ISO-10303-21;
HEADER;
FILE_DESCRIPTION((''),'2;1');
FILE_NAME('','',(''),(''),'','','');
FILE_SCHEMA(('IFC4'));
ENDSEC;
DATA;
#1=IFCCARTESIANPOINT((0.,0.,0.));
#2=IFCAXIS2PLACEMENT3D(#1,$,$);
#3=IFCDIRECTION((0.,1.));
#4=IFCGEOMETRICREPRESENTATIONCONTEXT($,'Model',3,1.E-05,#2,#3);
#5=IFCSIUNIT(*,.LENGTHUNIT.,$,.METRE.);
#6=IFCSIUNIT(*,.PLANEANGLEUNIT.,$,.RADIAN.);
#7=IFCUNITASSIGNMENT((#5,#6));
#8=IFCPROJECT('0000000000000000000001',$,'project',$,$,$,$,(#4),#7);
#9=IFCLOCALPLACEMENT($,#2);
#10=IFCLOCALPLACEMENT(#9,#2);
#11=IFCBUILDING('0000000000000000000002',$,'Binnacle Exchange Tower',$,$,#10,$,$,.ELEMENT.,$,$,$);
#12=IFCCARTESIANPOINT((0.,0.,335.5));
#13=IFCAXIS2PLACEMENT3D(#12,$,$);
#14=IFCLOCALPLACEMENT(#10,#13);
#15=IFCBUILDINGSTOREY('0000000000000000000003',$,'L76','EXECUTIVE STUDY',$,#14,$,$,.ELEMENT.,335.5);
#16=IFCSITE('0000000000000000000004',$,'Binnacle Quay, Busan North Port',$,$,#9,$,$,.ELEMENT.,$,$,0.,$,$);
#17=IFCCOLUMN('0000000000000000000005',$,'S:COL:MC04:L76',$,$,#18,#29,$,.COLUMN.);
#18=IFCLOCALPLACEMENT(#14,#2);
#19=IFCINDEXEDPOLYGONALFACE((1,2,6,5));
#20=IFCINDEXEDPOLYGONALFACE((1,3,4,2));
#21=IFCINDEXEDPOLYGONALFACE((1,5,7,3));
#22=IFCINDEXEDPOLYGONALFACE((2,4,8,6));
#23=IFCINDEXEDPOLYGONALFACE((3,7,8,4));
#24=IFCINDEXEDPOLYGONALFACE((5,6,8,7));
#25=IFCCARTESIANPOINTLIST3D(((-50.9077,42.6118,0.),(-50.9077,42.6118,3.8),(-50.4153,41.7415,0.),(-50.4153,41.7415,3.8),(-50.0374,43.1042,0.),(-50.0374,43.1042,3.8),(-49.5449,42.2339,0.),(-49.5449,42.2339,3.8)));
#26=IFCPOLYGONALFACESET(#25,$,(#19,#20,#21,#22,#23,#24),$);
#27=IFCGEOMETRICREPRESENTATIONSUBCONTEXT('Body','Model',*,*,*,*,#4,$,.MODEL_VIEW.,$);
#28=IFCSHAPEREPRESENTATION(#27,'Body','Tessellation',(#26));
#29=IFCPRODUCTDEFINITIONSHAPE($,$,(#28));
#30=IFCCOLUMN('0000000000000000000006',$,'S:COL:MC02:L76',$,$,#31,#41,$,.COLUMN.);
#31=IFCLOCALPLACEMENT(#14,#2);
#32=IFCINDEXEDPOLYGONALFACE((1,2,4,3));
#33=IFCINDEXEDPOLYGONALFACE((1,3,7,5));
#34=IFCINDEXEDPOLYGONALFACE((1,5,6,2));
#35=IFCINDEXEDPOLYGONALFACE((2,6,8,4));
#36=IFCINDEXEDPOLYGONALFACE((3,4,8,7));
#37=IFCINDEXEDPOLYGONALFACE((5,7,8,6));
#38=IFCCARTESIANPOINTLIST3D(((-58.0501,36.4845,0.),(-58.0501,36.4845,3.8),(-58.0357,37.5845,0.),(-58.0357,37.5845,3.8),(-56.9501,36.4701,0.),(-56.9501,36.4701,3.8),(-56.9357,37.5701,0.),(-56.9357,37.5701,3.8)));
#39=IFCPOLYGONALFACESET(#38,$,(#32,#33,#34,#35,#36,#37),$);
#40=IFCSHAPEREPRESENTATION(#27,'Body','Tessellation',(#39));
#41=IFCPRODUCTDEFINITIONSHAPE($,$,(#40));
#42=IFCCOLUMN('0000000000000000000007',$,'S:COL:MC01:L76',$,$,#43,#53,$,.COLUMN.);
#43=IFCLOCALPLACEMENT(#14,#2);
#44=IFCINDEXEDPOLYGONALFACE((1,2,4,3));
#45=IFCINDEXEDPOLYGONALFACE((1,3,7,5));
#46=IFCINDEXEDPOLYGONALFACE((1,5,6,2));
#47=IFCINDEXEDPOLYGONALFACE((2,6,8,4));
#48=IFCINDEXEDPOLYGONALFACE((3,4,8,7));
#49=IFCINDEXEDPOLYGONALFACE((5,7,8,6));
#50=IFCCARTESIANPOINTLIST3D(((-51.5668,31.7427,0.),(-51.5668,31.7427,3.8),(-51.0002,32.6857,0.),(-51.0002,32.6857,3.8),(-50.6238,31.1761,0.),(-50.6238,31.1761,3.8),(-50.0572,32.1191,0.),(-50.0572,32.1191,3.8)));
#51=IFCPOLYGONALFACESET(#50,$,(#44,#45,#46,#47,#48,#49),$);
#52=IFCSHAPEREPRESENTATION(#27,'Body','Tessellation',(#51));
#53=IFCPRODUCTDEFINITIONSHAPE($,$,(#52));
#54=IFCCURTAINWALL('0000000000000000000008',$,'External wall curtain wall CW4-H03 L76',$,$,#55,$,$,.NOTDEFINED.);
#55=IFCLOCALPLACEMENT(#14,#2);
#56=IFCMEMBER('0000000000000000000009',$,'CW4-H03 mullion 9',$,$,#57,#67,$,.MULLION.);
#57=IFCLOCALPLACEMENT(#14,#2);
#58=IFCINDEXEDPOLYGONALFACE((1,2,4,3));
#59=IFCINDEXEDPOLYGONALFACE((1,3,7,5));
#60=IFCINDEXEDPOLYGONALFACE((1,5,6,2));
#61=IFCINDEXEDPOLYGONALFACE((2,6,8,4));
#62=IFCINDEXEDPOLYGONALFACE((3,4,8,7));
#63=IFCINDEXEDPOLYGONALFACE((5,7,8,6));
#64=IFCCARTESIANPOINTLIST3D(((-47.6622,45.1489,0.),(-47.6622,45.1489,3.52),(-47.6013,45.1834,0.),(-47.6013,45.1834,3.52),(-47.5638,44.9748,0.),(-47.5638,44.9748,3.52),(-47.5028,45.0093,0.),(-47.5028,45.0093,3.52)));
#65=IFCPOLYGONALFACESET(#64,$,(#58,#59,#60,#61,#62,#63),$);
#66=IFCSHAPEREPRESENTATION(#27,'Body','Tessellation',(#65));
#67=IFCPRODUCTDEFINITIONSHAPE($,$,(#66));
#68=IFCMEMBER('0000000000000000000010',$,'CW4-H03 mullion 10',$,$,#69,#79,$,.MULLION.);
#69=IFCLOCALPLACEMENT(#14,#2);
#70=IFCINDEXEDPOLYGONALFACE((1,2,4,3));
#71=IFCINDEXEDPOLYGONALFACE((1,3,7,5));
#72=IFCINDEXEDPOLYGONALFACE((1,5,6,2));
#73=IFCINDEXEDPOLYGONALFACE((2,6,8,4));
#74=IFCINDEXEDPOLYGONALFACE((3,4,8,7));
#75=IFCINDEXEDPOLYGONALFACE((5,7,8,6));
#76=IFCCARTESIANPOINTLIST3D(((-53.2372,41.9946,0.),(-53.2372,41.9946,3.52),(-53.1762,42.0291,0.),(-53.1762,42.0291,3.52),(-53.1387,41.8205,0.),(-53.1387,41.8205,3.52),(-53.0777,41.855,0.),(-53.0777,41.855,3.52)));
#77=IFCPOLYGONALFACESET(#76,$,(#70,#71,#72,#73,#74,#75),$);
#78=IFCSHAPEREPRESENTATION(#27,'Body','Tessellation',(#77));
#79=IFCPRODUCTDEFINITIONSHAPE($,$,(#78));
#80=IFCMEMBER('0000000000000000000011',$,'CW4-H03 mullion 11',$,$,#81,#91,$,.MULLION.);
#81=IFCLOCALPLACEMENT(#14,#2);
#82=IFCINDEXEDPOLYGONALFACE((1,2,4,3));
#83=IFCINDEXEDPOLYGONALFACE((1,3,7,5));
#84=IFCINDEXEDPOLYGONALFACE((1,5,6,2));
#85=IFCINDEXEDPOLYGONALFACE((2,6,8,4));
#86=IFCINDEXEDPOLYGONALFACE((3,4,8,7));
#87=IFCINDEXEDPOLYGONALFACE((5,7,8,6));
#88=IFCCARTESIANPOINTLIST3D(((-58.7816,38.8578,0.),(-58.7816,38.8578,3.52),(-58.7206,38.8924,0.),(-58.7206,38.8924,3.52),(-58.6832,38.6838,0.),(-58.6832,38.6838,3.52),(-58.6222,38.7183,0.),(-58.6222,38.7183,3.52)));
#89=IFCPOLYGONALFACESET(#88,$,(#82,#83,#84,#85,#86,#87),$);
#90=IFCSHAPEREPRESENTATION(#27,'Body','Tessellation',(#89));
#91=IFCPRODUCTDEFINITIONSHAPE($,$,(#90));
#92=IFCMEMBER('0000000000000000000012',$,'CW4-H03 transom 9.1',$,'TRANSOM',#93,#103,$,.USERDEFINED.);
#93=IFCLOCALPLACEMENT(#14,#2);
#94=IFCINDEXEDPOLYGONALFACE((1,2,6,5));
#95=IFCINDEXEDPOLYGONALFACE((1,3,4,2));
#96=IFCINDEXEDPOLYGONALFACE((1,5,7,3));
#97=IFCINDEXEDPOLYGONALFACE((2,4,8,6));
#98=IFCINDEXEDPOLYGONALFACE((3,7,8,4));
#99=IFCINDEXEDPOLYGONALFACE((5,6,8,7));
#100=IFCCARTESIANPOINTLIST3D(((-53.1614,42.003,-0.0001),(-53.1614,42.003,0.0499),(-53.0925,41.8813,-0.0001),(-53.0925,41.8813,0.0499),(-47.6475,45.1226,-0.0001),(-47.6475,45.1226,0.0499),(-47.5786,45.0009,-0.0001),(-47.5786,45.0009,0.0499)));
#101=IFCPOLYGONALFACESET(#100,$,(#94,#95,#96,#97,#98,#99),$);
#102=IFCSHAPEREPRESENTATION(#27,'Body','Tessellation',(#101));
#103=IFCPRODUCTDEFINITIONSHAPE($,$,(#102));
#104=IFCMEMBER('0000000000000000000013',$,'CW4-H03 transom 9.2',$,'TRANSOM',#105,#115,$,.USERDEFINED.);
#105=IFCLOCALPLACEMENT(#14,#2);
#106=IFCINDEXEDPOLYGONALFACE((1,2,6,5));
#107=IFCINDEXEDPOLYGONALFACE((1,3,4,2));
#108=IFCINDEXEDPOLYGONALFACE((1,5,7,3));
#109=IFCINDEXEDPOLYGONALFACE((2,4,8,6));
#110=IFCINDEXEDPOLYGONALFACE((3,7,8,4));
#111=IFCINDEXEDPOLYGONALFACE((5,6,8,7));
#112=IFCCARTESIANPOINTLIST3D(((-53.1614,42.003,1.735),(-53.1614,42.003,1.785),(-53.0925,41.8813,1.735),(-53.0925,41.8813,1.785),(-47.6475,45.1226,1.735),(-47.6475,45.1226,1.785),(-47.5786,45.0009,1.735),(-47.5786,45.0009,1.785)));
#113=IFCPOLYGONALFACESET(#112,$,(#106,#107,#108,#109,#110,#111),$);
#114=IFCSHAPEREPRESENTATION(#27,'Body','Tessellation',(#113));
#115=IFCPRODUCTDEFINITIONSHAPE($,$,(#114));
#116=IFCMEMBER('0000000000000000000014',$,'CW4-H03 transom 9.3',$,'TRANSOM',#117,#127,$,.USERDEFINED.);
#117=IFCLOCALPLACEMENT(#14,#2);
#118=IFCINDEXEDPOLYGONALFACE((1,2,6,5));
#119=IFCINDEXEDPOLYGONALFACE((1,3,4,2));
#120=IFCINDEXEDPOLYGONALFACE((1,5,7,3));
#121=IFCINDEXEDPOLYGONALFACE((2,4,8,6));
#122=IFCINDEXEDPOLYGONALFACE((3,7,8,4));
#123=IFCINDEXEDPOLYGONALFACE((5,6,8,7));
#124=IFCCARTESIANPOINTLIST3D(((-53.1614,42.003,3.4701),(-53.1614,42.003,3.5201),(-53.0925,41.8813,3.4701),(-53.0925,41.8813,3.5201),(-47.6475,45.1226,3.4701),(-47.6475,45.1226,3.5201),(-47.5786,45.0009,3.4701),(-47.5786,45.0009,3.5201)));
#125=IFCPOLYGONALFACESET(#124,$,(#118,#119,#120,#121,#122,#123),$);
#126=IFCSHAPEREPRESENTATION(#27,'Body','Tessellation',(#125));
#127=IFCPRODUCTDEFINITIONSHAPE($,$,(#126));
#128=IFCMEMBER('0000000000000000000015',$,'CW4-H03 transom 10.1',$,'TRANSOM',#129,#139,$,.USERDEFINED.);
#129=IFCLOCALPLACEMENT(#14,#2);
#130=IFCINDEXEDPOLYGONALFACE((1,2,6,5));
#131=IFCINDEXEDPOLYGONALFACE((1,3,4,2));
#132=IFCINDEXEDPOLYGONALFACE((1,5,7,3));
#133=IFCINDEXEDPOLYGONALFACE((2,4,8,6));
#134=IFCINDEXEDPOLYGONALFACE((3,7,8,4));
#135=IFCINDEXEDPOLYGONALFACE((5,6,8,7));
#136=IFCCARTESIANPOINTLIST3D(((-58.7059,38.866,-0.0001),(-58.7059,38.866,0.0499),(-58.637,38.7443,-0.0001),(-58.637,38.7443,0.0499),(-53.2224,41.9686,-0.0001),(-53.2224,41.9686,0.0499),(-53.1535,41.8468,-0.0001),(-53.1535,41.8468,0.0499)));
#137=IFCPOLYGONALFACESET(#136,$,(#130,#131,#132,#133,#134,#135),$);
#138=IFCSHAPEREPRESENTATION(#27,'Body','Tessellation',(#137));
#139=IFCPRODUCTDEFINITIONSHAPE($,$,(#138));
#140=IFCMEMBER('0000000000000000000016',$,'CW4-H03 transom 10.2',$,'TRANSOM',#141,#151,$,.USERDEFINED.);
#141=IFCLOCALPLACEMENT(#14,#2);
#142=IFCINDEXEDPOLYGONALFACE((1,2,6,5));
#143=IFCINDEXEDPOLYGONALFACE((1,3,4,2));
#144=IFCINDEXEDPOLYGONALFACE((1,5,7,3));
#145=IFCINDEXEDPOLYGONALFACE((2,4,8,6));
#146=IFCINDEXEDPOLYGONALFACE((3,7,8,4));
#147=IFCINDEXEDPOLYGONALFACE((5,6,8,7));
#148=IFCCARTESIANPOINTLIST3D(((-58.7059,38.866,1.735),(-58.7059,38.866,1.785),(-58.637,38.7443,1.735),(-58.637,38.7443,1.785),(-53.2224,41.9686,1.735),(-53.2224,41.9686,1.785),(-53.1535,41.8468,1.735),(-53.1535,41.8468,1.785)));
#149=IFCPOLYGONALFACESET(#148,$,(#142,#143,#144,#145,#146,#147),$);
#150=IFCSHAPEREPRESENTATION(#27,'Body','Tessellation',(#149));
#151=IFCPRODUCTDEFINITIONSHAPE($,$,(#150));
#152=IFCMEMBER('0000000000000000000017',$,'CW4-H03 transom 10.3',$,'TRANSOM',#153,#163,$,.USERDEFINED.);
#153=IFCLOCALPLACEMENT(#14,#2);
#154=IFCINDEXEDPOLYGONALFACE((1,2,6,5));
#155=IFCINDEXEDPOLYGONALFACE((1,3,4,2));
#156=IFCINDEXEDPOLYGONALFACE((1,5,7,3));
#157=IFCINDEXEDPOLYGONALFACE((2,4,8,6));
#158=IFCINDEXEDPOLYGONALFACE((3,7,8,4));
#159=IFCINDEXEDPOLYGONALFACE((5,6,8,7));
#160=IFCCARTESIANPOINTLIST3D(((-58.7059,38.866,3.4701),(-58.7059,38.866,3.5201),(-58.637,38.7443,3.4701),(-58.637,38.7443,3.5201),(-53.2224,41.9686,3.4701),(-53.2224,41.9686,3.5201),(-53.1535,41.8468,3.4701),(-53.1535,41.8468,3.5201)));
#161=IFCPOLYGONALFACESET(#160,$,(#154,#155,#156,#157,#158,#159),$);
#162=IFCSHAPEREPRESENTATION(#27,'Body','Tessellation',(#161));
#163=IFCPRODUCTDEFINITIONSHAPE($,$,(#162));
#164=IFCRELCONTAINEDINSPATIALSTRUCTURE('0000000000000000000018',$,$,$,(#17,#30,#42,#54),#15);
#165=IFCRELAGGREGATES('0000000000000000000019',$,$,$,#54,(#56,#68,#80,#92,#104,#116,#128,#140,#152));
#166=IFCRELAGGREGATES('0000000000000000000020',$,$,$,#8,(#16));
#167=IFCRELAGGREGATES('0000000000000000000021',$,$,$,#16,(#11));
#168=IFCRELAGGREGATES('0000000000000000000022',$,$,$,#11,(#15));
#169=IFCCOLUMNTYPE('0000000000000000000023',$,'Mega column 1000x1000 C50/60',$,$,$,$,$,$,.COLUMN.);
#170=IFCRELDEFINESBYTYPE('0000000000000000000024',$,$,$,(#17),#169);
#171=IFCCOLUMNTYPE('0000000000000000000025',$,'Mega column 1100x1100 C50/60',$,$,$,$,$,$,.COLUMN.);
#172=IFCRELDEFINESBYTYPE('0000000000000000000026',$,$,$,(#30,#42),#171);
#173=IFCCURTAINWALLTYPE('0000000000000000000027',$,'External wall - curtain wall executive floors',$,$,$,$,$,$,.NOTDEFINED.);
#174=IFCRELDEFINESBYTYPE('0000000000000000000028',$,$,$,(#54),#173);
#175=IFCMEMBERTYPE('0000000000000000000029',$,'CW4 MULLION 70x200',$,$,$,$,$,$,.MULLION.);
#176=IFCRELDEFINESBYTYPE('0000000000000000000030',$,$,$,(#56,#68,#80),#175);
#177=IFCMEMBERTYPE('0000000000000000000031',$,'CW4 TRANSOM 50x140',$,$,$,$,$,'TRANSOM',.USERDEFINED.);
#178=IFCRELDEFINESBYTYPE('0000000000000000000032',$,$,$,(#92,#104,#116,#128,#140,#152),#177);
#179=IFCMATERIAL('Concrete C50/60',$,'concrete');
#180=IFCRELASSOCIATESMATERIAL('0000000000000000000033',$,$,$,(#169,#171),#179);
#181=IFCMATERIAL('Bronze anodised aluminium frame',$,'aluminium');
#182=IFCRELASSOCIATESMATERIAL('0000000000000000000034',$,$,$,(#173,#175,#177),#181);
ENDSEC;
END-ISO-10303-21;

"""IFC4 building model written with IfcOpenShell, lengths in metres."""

from ifc_helpers import new_model, si_unit, direction, frame, origin, origin_2d, place, context, subcontext, project, spatial, rectangle, extrude, material, material_profile, profile_set, type_object, element, aggregate, save


model = new_model("IFC4")

# Units and contexts
model_context = context("Model", 3, precision=1e-05, world=origin(), true_north=direction((0.0, 1.0)))
body_context = subcontext(model_context, "Body", "Model", "MODEL_VIEW")
ifc_project = project(units=[si_unit("LENGTHUNIT", "METRE"), si_unit("PLANEANGLEUNIT", "RADIAN")], contexts=[model_context])

# Site, building, storey
site_placement = place(None, origin())
site = spatial("IfcSite", under=ifc_project, at=site_placement, Name="Binnacle Quay, Busan North Port", CompositionType="ELEMENT", RefElevation=0.0)
building_placement = place(site_placement, origin())
building = spatial("IfcBuilding", under=site, at=building_placement, Name="Binnacle Exchange Tower", CompositionType="ELEMENT")
storey_placement = place(building_placement, frame((0.0, 0.0, 335.5)))
storey = spatial("IfcBuildingStorey", under=building, at=storey_placement, Name="L76", Description="EXECUTIVE STUDY", CompositionType="ELEMENT", Elevation=335.5)

# Columns
ifc_material_1 = material(Name="Concrete C50/60", Category="concrete")
ifc_material_profile_1 = material_profile(ifc_material_1, rectangle(XDim=1.0, YDim=1.0, at=origin_2d()), Name="Mega column 1000x1000 C50/60")
ifc_profile_set_1 = profile_set([ifc_material_profile_1], Name="Concrete C50/60")
column_type_1 = type_object("IfcColumnType", Name="Mega column 1000x1000 C50/60", PredefinedType="COLUMN", material=ifc_profile_set_1)
column_placement = place(storey_placement, frame((-50.2263, 42.4229, 0.0), z_axis=(0.0, 0.0, 1.0), x_axis=(-0.870356, -0.492424, 0.0)))
element("IfcColumn", 1, at=column_placement, inside=storey, type_object=column_type_1, Name="S:COL:MC04:L76", PredefinedType="COLUMN", context=body_context, shape_type="SweptSolid", body=[
    extrude(rectangle(XDim=1.0, YDim=1.0, at=origin_2d()), origin(), (0.0, 0.0, 1.0), 3.8),
])
ifc_material_profile_2 = material_profile(ifc_material_1, rectangle(XDim=1.1001, YDim=1.1001, at=origin_2d()), Name="Mega column 1100x1100 C50/60")
ifc_profile_set_2 = profile_set([ifc_material_profile_2], Name="Concrete C50/60")
column_type_2 = type_object("IfcColumnType", Name="Mega column 1100x1100 C50/60", PredefinedType="COLUMN", material=ifc_profile_set_2)
for number, where, z_axis, x_axis, name in (
    (2, (-57.4929, 37.0273, 0.0), (0.0, 0.0, 1.0), (-0.01309, -0.999914, 0.0), "S:COL:MC02:L76"),
    (3, (-50.812, 31.9309, 0.0), (0.0, 0.0, 1.0), (0.857167, -0.515038, 0.0), "S:COL:MC01:L76"),
):
    element("IfcColumn", number, at=place(storey_placement, frame(where, z_axis=z_axis, x_axis=x_axis)), inside=storey, type_object=column_type_2, Name=name, PredefinedType="COLUMN", context=body_context, shape_type="SweptSolid", body=[
        extrude(rectangle(XDim=1.1001, YDim=1.1001, at=origin_2d()), origin(), (0.0, 0.0, 1.0), 3.8),
    ])

# Curtain wall, members
ifc_material_2 = material(Name="Bronze anodised aluminium frame", Category="aluminium")
curtain_wall_type = type_object("IfcCurtainWallType", Name="External wall - curtain wall executive floors", PredefinedType="NOTDEFINED", material=ifc_material_2)
curtain_wall_placement = place(storey_placement, origin())
curtain_wall = element("IfcCurtainWall", 4, at=curtain_wall_placement, inside=storey, type_object=curtain_wall_type, Name="External wall curtain wall CW4-H03 L76", PredefinedType="NOTDEFINED")
ifc_material_profile_3 = material_profile(ifc_material_2, rectangle(XDim=0.2, YDim=0.0701, at=origin_2d()), Name="AL 70x200")
ifc_profile_set_3 = profile_set([ifc_material_profile_3], Name="Bronze anodised aluminium frame")
member_type_1 = type_object("IfcMemberType", Name="CW4 MULLION 70x200", PredefinedType="MULLION", material=ifc_profile_set_3)
member_1_placement = place(storey_placement, frame((-47.5825, 45.0791, 0.0), z_axis=(0.0, 0.0, 1.0), x_axis=(0.492424, -0.870356, 0.0)))
member_1 = element("IfcMember", 5, at=member_1_placement, type_object=member_type_1, Name="CW4-H03 mullion 9", PredefinedType="MULLION", context=body_context, shape_type="SweptSolid", body=[
    extrude(rectangle(XDim=0.2, YDim=0.0701, at=origin_2d()), origin(), (0.0, 0.0, 1.0), 3.52),
])
member_2_placement = place(storey_placement, frame((-53.1575, 41.9248, 0.0), z_axis=(0.0, 0.0, 1.0), x_axis=(0.492424, -0.870356, 0.0)))
member_2 = element("IfcMember", 6, at=member_2_placement, type_object=member_type_1, Name="CW4-H03 mullion 10", PredefinedType="MULLION", context=body_context, shape_type="SweptSolid", body=[
    extrude(rectangle(XDim=0.2, YDim=0.0701, at=origin_2d()), origin(), (0.0, 0.0, 1.0), 3.52),
])
member_3_placement = place(storey_placement, frame((-58.7019, 38.7881, 0.0), z_axis=(0.0, 0.0, 1.0), x_axis=(0.492424, -0.870356, 0.0)))
member_3 = element("IfcMember", 7, at=member_3_placement, type_object=member_type_1, Name="CW4-H03 mullion 11", PredefinedType="MULLION", context=body_context, shape_type="SweptSolid", body=[
    extrude(rectangle(XDim=0.2, YDim=0.0701, at=origin_2d()), origin(), (0.0, 0.0, 1.0), 3.52),
])
ifc_material_profile_4 = material_profile(ifc_material_2, rectangle(XDim=0.1399, YDim=0.05, at=origin_2d()), Name="AL 140x50")
ifc_profile_set_4 = profile_set([ifc_material_profile_4], Name="Bronze anodised aluminium frame")
member_type_2 = type_object("IfcMemberType", Name="CW4 TRANSOM 50x140", ElementType="TRANSOM", PredefinedType="USERDEFINED", material=ifc_profile_set_4)
member_4_placement = place(storey_placement, frame((-47.613, 45.0618, 0.0249), z_axis=(-0.870355, -0.492424, 0.0), x_axis=(0.492424, -0.870355, 0.0)))
member_4 = element("IfcMember", 8, at=member_4_placement, type_object=member_type_2, Name="CW4-H03 transom 9.1", ObjectType="TRANSOM", PredefinedType="USERDEFINED", context=body_context, shape_type="SweptSolid", body=[
    extrude(rectangle(XDim=0.1399, YDim=0.05, at=origin_2d()), origin(), (0.0, 0.0, 1.0), 6.3352),
])
member_5_placement = place(storey_placement, frame((-47.613, 45.0618, 1.76), z_axis=(-0.870355, -0.492424, 0.0), x_axis=(0.492424, -0.870355, 0.0)))
member_5 = element("IfcMember", 9, at=member_5_placement, type_object=member_type_2, Name="CW4-H03 transom 9.2", ObjectType="TRANSOM", PredefinedType="USERDEFINED", context=body_context, shape_type="SweptSolid", body=[
    extrude(rectangle(XDim=0.1399, YDim=0.05, at=origin_2d()), origin(), (0.0, 0.0, 1.0), 6.3352),
])
member_6_placement = place(storey_placement, frame((-47.613, 45.0618, 3.4951), z_axis=(-0.870355, -0.492424, 0.0), x_axis=(0.492424, -0.870355, 0.0)))
member_6 = element("IfcMember", 10, at=member_6_placement, type_object=member_type_2, Name="CW4-H03 transom 9.3", ObjectType="TRANSOM", PredefinedType="USERDEFINED", context=body_context, shape_type="SweptSolid", body=[
    extrude(rectangle(XDim=0.1399, YDim=0.05, at=origin_2d()), origin(), (0.0, 0.0, 1.0), 6.3352),
])
member_7_placement = place(storey_placement, frame((-53.188, 41.9077, 0.0249), z_axis=(-0.870343, -0.492445, 0.0), x_axis=(0.492445, -0.870343, 0.0)))
member_7 = element("IfcMember", 11, at=member_7_placement, type_object=member_type_2, Name="CW4-H03 transom 10.1", ObjectType="TRANSOM", PredefinedType="USERDEFINED", context=body_context, shape_type="SweptSolid", body=[
    extrude(rectangle(XDim=0.1399, YDim=0.05, at=origin_2d()), origin(), (0.0, 0.0, 1.0), 6.3003),
])
member_8_placement = place(storey_placement, frame((-53.188, 41.9077, 1.76), z_axis=(-0.870343, -0.492445, 0.0), x_axis=(0.492445, -0.870343, 0.0)))
member_8 = element("IfcMember", 12, at=member_8_placement, type_object=member_type_2, Name="CW4-H03 transom 10.2", ObjectType="TRANSOM", PredefinedType="USERDEFINED", context=body_context, shape_type="SweptSolid", body=[
    extrude(rectangle(XDim=0.1399, YDim=0.05, at=origin_2d()), origin(), (0.0, 0.0, 1.0), 6.3003),
])
member_9_placement = place(storey_placement, frame((-53.188, 41.9077, 3.4951), z_axis=(-0.870343, -0.492445, 0.0), x_axis=(0.492445, -0.870343, 0.0)))
member_9 = element("IfcMember", 13, at=member_9_placement, type_object=member_type_2, Name="CW4-H03 transom 10.3", ObjectType="TRANSOM", PredefinedType="USERDEFINED", context=body_context, shape_type="SweptSolid", body=[
    extrude(rectangle(XDim=0.1399, YDim=0.05, at=origin_2d()), origin(), (0.0, 0.0, 1.0), 6.3003),
])

aggregate(curtain_wall, [member_1, member_2, member_3, member_4, member_5, member_6, member_7, member_8, member_9])

save(model, "model.ifc")
